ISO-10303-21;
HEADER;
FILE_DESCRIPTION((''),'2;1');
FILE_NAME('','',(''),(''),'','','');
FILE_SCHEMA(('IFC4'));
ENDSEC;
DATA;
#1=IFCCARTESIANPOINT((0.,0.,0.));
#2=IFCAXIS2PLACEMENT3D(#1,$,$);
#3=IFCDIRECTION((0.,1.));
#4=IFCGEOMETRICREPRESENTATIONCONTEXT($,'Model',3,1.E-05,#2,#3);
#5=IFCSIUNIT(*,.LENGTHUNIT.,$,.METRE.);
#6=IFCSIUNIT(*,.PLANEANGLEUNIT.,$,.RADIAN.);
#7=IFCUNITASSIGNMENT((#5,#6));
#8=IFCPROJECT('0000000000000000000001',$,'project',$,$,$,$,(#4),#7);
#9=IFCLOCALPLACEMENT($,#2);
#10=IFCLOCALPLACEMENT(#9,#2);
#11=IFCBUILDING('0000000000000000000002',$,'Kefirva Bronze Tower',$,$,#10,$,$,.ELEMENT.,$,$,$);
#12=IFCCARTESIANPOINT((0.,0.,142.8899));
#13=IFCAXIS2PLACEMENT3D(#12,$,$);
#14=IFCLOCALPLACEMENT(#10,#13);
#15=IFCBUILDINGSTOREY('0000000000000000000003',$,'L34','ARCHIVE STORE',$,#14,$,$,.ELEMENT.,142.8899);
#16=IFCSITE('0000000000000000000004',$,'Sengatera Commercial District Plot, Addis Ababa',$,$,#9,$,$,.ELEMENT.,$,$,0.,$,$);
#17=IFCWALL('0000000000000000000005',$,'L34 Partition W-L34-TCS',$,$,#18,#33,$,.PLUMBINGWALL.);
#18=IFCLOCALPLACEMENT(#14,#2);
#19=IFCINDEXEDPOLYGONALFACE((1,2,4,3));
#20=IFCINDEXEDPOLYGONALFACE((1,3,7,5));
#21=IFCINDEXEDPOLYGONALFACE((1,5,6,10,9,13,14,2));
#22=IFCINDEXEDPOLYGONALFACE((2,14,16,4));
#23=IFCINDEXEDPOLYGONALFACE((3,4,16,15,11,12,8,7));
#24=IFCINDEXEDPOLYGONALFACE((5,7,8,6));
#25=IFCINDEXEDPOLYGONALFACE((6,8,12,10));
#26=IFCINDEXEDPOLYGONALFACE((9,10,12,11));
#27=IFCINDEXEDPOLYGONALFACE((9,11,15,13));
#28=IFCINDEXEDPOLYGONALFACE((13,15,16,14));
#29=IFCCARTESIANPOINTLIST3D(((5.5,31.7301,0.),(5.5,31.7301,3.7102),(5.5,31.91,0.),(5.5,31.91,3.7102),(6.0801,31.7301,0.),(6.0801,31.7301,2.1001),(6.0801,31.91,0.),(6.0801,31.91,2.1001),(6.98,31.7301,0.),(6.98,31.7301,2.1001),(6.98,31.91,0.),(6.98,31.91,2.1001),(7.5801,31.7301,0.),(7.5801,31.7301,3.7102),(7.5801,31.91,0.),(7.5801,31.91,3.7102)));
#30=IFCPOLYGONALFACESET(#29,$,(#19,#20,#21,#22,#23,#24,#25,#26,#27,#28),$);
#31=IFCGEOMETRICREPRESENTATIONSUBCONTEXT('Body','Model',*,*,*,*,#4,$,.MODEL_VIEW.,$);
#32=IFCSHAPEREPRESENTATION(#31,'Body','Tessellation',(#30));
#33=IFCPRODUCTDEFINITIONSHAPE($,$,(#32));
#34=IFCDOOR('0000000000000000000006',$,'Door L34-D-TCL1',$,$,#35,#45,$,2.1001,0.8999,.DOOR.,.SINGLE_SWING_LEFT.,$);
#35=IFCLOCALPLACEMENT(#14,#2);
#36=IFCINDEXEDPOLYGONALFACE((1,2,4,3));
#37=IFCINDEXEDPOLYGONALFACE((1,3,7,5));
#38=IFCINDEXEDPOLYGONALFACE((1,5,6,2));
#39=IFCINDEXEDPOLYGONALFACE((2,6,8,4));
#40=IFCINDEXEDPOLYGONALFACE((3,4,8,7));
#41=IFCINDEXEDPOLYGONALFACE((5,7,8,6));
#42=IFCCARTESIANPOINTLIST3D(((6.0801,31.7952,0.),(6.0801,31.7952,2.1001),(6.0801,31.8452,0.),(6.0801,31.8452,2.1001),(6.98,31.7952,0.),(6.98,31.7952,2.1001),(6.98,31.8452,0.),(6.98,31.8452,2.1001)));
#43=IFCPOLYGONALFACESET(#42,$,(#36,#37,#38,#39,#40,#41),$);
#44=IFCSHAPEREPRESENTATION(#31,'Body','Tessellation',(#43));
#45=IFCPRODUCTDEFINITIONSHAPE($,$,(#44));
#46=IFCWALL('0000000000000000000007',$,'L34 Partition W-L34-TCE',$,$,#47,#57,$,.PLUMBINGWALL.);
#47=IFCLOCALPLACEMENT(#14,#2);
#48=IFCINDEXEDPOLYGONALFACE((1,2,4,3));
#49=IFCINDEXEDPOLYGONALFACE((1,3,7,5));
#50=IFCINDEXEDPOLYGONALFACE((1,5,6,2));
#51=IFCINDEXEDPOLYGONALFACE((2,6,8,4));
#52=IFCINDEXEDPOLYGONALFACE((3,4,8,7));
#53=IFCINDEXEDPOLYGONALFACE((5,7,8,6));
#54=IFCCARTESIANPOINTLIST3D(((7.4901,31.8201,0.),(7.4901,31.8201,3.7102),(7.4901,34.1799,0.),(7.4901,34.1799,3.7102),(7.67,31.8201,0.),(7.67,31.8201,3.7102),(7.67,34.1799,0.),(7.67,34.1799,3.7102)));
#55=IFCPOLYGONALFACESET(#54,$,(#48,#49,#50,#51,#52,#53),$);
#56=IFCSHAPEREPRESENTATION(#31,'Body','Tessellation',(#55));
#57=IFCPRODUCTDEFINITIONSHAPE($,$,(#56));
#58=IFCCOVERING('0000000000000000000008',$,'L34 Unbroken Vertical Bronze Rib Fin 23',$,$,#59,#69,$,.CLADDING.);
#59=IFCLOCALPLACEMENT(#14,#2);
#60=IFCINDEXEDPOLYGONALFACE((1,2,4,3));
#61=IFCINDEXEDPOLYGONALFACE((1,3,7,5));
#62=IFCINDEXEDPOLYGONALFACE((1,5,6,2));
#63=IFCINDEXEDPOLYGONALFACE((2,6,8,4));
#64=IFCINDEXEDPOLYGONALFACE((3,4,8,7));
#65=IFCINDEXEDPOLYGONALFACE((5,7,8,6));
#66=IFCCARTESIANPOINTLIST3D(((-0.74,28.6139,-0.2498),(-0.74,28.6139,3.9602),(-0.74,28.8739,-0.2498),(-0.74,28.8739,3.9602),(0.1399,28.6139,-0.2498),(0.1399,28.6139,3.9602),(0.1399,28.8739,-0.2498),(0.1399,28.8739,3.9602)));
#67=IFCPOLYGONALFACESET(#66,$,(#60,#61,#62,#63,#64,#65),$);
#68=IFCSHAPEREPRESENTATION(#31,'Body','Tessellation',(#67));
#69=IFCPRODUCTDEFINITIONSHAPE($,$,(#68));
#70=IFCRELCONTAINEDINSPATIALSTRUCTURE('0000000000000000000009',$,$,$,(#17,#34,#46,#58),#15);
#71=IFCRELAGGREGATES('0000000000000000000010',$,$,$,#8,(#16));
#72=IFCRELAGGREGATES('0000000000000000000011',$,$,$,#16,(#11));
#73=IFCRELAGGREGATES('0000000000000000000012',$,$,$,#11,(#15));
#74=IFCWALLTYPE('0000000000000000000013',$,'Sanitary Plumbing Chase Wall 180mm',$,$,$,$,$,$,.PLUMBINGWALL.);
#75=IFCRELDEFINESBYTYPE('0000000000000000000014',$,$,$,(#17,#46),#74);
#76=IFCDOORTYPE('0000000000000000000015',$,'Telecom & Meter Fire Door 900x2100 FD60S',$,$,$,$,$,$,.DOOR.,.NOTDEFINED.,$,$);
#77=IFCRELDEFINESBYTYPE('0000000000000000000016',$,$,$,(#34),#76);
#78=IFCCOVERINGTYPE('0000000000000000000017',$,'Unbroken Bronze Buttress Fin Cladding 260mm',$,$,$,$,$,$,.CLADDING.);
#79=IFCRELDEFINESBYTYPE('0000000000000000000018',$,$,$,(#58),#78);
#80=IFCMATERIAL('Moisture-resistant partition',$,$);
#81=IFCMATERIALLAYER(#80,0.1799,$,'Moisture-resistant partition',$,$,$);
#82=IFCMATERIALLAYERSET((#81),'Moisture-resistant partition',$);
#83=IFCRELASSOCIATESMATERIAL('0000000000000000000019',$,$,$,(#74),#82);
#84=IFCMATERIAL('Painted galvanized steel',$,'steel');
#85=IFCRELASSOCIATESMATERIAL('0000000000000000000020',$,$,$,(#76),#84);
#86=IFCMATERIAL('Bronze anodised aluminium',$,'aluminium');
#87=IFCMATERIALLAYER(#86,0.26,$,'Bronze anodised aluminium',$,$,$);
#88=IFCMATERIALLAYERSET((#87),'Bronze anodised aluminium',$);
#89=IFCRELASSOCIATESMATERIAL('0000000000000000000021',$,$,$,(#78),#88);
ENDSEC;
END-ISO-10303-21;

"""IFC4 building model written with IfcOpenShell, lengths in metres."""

from ifc_helpers import new_model, si_unit, direction, frame, frame_2d, origin, origin_2d, place, context, subcontext, project, spatial, rectangle, extrude, material, layer, layer_set, type_object, element, fill, save


model = new_model("IFC4")

# Units and contexts
model_context = context("Model", 3, precision=1e-05, world=origin(), true_north=direction((0.0, 1.0)))
body_context = subcontext(model_context, "Body", "Model", "MODEL_VIEW")
ifc_project = project(units=[si_unit("LENGTHUNIT", "METRE"), si_unit("PLANEANGLEUNIT", "RADIAN")], contexts=[model_context])

# Site, building, storey
site_placement = place(None, origin())
site = spatial("IfcSite", under=ifc_project, at=site_placement, Name="Sengatera Commercial District Plot, Addis Ababa", CompositionType="ELEMENT", RefElevation=0.0)
building_placement = place(site_placement, origin())
building = spatial("IfcBuilding", under=site, at=building_placement, Name="Kefirva Bronze Tower", CompositionType="ELEMENT")
storey_placement = place(building_placement, frame((0.0, 0.0, 142.8899)))
storey = spatial("IfcBuildingStorey", under=building, at=storey_placement, Name="L34", Description="ARCHIVE STORE", CompositionType="ELEMENT", Elevation=142.8899)

# Shared definitions
ifc_material_1 = material(Name="Bronze anodised aluminium", Category="aluminium")

# Wall, opening, door
ifc_material_2 = material(Name="Moisture-resistant partition")
ifc_layer_1 = layer(ifc_material_2, 0.1799, Name="Moisture-resistant partition")
ifc_layer_set_1 = layer_set([ifc_layer_1], Name="Moisture-resistant partition")
wall_type_1 = type_object("IfcWallType", Name="Sanitary Plumbing Chase Wall 180mm", PredefinedType="PLUMBINGWALL", material=ifc_layer_set_1)
wall_1_placement = place(storey_placement, frame((5.5, 31.8201, 0.0), z_axis=(0.0, 0.0, 1.0), x_axis=(1.0, 0.0, 0.0)))
wall_1 = element("IfcWall", 1, at=wall_1_placement, inside=storey, type_object=wall_type_1, Name="L34 Partition W-L34-TCS", PredefinedType="PLUMBINGWALL", context=body_context, shape_type="SweptSolid", body=[
    extrude(rectangle(XDim=2.0801, YDim=0.1799, at=frame_2d((1.04, 0.0))), origin(), (0.0, 0.0, 1.0), 3.7102),
])
opening_placement = place(wall_1_placement, frame((1.48, 0.0, 0.0), z_axis=(0.0, 0.0, 1.0), x_axis=(-1.0, 0.0, 0.0)))
opening = element("IfcOpeningElement", 2, at=opening_placement, cuts=wall_1, PredefinedType="OPENING", context=body_context, shape_type="SweptSolid", body=[
    extrude(rectangle(XDim=0.8999, YDim=2.1001, at=frame_2d((0.45, 1.05))), frame((0.0, 0.1001, 0.0), z_axis=(0.0, -1.0, 0.0), x_axis=(1.0, 0.0, 0.0)), (0.0, 0.0, 1.0), 0.2),
])
ifc_material_3 = material(Name="Painted galvanized steel", Category="steel")
door_type = type_object("IfcDoorType", Name="Telecom & Meter Fire Door 900x2100 FD60S", OperationType="NOTDEFINED", PredefinedType="DOOR", material=ifc_material_3)
door_placement = place(opening_placement, origin())
door = element("IfcDoor", 3, at=door_placement, inside=storey, type_object=door_type, Name="Door L34-D-TCL1", OperationType="SINGLE_SWING_LEFT", OverallHeight=2.1001, OverallWidth=0.8999, PredefinedType="DOOR", context=body_context, shape_type="SweptSolid", body=[
    extrude(rectangle(XDim=0.8999, YDim=2.1001, at=frame_2d((0.45, 1.05))), frame((0.0, 0.0249, 0.0), z_axis=(0.0, -1.0, 0.0), x_axis=(1.0, 0.0, 0.0)), (0.0, 0.0, 1.0), 0.05),
])
fill(opening, door)

# Wall
wall_2_placement = place(storey_placement, frame((7.5801, 31.8201, 0.0), z_axis=(0.0, 0.0, 1.0), x_axis=(0.0, 1.0, 0.0)))
element("IfcWall", 4, at=wall_2_placement, inside=storey, type_object=wall_type_1, Name="L34 Partition W-L34-TCE", PredefinedType="PLUMBINGWALL", context=body_context, shape_type="SweptSolid", body=[
    extrude(rectangle(XDim=2.3599, YDim=0.1799, at=frame_2d((1.1799, 0.0))), origin(), (0.0, 0.0, 1.0), 3.7102),
])

# Covering
ifc_layer_2 = layer(ifc_material_1, 0.26, Name="Bronze anodised aluminium")
ifc_layer_set_2 = layer_set([ifc_layer_2], Name="Bronze anodised aluminium")
covering_type = type_object("IfcCoveringType", Name="Unbroken Bronze Buttress Fin Cladding 260mm", PredefinedType="CLADDING", material=ifc_layer_set_2)
covering_placement = place(storey_placement, frame((-0.3, 28.7439, -0.2498), z_axis=(0.0, 0.0, 1.0), x_axis=(0.0, -1.0, 0.0)))
element("IfcCovering", 5, at=covering_placement, inside=storey, type_object=covering_type, Name="L34 Unbroken Vertical Bronze Rib Fin 23", PredefinedType="CLADDING", context=body_context, shape_type="SweptSolid", body=[
    extrude(rectangle(XDim=0.26, YDim=0.8799, at=origin_2d()), origin(), (0.0, 0.0, 1.0), 4.21),
])

save(model, "model.ifc")
